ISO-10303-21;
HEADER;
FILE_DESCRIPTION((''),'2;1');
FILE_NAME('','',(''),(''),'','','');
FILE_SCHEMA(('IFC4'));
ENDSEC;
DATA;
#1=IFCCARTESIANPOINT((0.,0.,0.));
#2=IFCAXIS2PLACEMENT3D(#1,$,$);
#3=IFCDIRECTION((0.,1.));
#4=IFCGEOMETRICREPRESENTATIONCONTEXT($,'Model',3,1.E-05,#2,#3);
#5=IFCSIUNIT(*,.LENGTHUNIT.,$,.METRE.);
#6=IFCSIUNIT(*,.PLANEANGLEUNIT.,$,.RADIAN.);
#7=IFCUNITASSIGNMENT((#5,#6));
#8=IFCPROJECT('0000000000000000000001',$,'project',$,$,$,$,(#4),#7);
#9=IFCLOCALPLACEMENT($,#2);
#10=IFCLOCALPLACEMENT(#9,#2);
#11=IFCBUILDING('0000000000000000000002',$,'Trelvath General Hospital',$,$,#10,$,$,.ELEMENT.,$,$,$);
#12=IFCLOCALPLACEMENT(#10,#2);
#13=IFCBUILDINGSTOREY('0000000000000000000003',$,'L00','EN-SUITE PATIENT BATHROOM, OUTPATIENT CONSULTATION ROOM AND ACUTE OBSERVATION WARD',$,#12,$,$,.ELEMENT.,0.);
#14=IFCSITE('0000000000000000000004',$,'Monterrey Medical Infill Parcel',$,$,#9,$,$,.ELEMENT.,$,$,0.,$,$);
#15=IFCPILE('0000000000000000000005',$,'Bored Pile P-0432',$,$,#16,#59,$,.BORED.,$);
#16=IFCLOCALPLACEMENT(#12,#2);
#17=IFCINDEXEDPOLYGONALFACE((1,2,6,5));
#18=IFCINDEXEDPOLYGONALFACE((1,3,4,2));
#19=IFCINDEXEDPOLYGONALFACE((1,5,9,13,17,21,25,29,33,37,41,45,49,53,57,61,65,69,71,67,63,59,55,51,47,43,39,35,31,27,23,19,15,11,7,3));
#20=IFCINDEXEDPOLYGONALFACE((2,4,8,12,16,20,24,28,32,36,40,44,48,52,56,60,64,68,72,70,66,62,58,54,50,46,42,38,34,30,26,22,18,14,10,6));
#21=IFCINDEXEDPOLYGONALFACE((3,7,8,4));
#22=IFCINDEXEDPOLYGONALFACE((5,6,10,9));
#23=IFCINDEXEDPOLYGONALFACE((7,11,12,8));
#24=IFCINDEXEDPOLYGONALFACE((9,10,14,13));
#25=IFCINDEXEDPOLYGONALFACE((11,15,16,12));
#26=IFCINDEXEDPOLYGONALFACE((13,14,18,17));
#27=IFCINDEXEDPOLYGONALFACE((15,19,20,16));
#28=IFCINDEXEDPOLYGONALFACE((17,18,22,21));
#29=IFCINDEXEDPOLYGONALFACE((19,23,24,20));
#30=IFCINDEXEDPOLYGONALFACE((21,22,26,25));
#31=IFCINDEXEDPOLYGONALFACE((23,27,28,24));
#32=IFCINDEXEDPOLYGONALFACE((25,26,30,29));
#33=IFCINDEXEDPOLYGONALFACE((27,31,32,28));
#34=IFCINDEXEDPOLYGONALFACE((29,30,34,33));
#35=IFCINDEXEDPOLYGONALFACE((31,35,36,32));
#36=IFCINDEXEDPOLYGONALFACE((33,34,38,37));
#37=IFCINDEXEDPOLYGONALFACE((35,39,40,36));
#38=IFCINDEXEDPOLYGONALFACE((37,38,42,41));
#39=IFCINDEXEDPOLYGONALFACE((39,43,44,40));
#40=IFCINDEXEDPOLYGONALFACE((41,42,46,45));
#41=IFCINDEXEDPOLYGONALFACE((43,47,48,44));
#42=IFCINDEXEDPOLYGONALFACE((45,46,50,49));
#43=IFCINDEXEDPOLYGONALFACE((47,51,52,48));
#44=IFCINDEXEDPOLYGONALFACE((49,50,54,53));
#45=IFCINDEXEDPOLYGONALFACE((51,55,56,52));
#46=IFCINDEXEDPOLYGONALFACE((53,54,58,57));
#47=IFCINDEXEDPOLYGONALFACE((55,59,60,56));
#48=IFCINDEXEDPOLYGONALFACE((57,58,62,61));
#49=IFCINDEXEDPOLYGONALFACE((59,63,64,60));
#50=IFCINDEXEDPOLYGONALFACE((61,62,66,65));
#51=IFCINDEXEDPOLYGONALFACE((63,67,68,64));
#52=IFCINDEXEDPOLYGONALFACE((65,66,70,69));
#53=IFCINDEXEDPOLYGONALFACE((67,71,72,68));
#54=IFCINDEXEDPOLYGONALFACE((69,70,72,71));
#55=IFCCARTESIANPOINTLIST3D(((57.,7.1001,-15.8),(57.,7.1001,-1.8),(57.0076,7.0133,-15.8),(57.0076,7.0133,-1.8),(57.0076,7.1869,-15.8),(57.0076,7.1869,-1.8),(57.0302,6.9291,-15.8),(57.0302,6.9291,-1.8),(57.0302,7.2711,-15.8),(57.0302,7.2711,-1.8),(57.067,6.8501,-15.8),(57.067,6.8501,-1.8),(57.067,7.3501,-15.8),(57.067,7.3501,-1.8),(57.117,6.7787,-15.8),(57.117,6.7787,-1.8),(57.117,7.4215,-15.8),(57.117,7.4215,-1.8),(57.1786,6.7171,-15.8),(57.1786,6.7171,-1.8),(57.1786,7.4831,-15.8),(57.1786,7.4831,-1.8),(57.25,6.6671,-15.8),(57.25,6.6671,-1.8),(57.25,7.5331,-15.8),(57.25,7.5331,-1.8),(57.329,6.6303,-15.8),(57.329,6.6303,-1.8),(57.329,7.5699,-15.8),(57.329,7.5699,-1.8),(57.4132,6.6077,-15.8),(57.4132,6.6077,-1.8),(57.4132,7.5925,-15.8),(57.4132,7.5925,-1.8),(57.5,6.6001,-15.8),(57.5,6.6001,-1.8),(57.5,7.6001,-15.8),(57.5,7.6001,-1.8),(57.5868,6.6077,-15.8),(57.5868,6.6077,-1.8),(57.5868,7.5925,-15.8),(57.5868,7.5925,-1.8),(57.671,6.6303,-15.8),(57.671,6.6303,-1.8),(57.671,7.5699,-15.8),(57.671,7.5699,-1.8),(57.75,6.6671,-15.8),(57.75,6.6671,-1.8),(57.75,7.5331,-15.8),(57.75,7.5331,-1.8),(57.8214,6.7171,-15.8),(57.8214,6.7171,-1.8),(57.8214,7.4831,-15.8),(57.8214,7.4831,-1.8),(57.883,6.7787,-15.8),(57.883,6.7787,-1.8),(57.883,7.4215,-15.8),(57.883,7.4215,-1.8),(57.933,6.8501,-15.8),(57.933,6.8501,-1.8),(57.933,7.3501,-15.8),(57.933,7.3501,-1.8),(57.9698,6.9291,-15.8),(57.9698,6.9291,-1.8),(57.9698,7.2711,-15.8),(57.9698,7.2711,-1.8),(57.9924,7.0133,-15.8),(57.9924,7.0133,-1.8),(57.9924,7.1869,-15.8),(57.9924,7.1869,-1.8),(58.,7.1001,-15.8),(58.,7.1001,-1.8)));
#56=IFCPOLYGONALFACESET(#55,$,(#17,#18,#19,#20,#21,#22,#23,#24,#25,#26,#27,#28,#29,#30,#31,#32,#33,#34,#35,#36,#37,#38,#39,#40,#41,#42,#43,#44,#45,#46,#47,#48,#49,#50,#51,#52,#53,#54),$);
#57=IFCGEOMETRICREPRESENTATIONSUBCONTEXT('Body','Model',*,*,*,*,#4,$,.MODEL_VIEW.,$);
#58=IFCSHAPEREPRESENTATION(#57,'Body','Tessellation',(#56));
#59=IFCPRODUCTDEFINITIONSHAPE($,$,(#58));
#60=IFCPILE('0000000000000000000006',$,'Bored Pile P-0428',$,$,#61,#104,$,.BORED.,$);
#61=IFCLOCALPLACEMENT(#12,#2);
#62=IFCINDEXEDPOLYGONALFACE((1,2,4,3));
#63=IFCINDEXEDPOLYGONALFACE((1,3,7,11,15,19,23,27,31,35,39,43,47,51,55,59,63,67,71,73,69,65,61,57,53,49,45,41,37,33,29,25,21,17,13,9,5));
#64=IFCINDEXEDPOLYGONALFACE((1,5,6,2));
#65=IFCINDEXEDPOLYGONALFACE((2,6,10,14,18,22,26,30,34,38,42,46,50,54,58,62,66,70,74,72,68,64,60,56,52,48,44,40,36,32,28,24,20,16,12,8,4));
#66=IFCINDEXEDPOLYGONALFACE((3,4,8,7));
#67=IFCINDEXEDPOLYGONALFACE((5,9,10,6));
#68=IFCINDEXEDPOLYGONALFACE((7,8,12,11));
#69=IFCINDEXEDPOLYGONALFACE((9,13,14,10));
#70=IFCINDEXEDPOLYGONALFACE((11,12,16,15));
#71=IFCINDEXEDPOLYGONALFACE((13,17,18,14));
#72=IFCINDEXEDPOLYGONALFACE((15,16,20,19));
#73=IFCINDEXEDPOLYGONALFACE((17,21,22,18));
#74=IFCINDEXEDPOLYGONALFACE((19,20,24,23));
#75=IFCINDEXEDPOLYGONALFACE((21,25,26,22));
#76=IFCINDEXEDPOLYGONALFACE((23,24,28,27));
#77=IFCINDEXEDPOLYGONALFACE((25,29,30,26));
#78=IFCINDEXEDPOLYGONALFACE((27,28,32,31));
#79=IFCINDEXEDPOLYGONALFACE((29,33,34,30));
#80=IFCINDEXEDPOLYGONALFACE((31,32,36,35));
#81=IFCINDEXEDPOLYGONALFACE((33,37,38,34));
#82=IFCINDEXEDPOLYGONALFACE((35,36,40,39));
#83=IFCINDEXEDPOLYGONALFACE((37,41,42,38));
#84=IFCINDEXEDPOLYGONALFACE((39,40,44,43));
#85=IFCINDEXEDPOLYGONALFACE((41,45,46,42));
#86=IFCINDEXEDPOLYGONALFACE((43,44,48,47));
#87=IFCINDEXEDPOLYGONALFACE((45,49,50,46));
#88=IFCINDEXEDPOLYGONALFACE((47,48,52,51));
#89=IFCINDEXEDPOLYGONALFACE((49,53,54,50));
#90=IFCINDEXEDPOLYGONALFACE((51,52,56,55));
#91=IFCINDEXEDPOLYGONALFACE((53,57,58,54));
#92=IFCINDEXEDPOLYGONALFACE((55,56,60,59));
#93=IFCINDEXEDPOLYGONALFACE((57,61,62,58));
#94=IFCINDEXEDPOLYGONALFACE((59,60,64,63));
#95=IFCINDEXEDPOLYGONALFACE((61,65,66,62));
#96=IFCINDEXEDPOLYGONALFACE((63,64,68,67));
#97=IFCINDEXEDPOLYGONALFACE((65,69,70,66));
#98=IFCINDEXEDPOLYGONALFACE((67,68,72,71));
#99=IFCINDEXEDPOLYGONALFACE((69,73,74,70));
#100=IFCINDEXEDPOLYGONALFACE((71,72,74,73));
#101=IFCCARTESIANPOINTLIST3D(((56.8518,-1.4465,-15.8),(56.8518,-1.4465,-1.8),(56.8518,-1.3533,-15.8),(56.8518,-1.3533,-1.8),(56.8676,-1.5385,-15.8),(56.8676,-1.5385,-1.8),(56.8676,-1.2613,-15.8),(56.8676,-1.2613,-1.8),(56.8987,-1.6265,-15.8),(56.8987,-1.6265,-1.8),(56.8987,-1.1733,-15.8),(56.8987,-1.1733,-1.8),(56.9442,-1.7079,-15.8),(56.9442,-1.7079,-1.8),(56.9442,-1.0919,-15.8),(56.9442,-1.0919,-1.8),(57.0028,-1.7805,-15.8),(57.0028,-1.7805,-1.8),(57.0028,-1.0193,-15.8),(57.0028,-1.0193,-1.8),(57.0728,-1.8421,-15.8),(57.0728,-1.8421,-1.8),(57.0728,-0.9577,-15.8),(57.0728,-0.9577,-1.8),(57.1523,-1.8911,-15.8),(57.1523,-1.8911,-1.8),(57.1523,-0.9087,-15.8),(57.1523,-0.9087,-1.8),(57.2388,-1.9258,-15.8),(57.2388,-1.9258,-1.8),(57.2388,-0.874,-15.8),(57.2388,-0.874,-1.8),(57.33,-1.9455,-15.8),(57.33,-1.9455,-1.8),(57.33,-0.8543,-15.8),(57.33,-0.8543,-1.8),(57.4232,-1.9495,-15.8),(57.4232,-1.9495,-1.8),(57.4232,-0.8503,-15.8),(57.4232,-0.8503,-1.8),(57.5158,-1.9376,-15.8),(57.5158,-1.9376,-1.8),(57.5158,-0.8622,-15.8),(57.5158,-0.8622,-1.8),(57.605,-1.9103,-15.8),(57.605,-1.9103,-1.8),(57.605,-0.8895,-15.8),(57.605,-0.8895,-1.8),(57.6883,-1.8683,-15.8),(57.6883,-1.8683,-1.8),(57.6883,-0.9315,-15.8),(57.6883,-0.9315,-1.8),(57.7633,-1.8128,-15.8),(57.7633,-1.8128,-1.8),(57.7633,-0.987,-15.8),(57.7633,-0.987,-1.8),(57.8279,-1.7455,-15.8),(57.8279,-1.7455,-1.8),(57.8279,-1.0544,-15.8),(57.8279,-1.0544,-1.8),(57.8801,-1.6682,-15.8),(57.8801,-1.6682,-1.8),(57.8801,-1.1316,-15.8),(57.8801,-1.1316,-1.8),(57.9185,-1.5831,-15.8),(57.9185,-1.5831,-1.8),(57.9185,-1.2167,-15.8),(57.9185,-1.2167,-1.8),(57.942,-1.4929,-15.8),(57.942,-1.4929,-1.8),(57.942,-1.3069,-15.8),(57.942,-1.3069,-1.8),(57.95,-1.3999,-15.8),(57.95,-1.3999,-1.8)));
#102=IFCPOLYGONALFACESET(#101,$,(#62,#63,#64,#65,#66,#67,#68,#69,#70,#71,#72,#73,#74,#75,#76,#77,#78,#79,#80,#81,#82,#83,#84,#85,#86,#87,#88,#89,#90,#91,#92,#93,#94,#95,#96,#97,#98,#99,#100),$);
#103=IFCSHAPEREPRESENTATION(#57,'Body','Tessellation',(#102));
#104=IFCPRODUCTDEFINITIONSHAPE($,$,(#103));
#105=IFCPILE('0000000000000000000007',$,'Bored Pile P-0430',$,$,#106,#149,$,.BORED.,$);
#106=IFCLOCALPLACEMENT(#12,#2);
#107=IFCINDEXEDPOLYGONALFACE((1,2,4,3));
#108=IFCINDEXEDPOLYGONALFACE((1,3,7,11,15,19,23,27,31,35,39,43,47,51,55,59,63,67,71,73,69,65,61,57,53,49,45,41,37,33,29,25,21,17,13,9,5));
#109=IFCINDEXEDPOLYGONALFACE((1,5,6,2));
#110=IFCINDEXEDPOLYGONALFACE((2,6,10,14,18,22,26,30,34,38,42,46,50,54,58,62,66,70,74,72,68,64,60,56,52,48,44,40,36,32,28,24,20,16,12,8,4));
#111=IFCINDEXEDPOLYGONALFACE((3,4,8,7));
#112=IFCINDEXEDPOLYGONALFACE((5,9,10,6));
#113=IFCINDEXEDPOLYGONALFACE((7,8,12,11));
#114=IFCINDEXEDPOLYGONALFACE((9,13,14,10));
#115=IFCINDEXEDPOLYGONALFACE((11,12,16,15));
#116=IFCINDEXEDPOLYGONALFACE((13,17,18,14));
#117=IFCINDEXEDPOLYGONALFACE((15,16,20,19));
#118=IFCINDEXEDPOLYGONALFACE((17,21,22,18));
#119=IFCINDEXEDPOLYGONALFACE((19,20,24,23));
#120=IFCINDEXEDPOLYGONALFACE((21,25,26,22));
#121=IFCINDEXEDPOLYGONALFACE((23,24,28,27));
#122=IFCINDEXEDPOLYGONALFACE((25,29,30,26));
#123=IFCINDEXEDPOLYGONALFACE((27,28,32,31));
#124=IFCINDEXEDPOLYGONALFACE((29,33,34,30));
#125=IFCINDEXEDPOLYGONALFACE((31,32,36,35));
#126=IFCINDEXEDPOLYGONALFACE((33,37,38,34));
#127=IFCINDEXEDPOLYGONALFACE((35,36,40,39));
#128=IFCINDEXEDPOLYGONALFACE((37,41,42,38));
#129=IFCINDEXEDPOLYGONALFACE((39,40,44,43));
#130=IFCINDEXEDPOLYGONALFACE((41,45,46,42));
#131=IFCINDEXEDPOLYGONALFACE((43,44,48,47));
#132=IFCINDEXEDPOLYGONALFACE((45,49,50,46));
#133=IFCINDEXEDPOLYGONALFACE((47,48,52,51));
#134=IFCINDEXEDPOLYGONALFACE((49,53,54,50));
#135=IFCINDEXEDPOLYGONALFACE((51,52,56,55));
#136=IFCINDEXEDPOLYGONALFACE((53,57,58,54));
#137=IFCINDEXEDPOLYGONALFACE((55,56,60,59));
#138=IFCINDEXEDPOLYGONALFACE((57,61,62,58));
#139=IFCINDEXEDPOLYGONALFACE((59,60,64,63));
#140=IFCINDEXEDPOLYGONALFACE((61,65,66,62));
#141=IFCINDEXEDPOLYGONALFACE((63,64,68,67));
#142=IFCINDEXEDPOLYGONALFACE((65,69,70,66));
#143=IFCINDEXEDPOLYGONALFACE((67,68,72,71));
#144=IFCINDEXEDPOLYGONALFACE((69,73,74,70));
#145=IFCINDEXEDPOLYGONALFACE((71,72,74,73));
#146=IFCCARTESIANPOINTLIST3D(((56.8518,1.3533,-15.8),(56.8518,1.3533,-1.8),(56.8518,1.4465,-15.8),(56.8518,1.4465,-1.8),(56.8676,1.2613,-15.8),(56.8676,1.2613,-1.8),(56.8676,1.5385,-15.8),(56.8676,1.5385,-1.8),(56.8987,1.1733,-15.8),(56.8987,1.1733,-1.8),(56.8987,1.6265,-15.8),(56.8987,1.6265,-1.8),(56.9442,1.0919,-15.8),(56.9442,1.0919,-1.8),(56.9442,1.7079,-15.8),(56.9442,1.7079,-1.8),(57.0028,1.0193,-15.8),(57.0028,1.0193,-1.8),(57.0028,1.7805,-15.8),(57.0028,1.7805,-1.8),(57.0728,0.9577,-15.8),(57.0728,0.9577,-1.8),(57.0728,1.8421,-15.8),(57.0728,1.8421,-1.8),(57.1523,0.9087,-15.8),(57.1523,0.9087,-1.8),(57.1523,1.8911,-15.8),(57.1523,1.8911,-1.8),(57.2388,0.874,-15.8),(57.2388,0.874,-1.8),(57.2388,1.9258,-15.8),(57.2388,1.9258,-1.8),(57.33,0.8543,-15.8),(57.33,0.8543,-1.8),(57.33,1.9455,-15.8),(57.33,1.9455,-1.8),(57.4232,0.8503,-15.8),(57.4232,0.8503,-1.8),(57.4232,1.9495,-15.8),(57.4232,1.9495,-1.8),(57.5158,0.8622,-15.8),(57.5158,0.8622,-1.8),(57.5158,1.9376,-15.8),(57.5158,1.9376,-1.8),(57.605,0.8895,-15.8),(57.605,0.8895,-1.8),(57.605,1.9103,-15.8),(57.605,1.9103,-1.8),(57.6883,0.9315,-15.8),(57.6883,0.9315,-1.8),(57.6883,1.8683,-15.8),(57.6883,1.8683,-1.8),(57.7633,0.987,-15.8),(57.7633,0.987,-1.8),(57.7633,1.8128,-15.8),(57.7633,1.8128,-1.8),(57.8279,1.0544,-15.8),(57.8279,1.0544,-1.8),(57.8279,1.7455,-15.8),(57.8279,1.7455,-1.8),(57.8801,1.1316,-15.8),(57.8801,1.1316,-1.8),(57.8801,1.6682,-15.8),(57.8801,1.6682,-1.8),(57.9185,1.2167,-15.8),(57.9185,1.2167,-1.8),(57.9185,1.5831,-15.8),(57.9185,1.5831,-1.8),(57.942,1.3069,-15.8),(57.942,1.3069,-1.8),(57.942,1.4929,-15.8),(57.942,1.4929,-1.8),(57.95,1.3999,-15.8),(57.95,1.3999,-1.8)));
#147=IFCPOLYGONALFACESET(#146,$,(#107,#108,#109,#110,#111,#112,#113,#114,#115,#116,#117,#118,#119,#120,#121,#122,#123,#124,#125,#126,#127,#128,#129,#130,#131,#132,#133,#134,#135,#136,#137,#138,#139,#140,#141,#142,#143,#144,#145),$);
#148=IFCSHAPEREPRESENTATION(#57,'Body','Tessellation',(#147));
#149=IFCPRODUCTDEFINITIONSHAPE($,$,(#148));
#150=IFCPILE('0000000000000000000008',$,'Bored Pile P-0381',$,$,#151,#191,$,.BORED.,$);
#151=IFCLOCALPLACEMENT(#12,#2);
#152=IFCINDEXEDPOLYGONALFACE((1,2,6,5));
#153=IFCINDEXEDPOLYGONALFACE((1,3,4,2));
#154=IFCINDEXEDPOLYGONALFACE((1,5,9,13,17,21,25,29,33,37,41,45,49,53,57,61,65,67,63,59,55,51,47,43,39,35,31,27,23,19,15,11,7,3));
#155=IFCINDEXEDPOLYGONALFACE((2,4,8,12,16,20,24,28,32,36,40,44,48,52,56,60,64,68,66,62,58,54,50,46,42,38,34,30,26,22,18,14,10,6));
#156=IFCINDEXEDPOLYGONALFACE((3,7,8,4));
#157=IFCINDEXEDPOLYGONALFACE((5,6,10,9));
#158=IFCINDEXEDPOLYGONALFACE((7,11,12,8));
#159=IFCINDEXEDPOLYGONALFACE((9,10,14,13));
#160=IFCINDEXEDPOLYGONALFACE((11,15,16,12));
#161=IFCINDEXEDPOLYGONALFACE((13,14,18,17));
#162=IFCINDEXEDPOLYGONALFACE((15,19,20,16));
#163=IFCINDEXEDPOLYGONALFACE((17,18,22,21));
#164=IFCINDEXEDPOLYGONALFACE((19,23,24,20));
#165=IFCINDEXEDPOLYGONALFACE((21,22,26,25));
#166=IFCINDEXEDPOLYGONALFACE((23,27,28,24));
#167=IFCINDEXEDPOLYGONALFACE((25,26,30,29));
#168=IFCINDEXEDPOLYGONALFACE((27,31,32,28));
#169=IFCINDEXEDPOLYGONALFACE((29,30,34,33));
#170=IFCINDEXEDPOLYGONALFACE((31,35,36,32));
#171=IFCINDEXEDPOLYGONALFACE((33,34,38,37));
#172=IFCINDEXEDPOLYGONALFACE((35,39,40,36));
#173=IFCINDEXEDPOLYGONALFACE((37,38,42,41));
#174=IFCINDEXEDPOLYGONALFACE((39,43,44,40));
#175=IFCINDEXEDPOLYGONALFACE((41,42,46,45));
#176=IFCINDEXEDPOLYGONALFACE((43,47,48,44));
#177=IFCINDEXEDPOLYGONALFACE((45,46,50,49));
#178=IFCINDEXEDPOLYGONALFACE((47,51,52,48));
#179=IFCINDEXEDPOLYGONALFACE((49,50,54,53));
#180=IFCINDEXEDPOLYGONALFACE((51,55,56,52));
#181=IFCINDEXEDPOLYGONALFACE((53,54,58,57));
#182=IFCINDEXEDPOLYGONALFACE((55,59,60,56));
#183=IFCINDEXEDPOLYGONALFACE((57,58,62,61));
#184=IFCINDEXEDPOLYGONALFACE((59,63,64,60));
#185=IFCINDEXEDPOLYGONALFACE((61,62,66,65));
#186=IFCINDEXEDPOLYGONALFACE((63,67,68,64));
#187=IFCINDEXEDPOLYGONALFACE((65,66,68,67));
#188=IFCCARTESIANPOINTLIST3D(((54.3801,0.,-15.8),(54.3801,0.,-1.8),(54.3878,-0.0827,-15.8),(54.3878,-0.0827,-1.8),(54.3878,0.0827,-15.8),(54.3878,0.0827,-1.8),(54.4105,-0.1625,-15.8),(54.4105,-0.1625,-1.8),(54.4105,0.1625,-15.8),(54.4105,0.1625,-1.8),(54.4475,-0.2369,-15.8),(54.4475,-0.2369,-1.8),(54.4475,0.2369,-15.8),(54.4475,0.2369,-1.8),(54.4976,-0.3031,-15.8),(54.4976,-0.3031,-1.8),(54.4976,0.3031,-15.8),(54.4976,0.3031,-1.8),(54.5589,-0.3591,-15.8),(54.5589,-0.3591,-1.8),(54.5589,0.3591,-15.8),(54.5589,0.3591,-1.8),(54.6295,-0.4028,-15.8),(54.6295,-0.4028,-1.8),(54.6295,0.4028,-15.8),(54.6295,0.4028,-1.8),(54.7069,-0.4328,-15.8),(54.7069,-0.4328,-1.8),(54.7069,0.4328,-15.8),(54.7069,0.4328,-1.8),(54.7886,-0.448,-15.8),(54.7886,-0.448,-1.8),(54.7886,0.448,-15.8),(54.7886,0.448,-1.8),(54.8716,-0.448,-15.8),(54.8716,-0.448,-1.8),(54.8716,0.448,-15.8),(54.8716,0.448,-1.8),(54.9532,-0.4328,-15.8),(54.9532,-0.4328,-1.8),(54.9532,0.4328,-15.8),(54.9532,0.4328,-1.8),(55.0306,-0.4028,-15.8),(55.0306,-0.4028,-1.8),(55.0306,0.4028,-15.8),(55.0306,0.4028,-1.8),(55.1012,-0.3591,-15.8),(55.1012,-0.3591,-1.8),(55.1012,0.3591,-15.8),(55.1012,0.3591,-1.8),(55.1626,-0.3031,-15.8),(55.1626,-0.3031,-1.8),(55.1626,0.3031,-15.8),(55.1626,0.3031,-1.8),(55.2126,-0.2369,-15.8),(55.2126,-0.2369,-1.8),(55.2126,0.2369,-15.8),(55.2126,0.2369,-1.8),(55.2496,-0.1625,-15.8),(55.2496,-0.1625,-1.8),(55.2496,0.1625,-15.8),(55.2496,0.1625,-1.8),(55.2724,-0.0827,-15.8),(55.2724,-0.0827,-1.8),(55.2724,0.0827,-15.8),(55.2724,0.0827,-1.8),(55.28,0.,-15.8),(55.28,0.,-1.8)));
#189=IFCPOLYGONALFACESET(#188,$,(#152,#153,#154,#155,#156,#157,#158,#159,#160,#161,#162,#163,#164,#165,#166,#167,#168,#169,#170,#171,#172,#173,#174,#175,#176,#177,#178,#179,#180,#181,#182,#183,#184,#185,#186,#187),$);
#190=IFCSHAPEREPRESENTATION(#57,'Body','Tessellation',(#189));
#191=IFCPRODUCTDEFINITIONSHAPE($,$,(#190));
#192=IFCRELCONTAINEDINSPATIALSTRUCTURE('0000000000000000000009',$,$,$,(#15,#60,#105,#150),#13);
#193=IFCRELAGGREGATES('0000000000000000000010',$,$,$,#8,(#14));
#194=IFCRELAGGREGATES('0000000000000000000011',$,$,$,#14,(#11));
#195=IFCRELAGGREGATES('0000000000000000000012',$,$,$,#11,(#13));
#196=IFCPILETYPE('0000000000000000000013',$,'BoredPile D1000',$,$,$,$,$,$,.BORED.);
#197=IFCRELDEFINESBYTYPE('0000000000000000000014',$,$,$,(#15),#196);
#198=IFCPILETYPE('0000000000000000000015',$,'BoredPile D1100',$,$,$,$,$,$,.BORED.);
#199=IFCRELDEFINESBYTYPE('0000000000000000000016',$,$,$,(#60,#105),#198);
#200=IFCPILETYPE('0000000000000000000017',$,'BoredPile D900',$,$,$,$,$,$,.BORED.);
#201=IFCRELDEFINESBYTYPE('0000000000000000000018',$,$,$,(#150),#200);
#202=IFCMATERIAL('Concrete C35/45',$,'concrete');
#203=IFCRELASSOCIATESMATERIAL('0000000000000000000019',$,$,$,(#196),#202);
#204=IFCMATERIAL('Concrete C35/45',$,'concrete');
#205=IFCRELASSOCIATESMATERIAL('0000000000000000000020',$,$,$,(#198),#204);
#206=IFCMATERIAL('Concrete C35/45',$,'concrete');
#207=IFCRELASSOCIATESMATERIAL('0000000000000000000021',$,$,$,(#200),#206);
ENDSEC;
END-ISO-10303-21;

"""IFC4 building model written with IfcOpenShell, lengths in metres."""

from ifc_helpers import new_model, si_unit, direction, frame, origin, origin_2d, place, context, subcontext, project, spatial, circle, extrude, material, material_profile, profile_set, type_object, element, save


model = new_model("IFC4")

# Units and contexts
model_context = context("Model", 3, precision=1e-05, world=origin(), true_north=direction((0.0, 1.0)))
body_context = subcontext(model_context, "Body", "Model", "MODEL_VIEW")
ifc_project = project(units=[si_unit("LENGTHUNIT", "METRE"), si_unit("PLANEANGLEUNIT", "RADIAN")], contexts=[model_context])

# Site, building, storey
site_placement = place(None, origin())
site = spatial("IfcSite", under=ifc_project, at=site_placement, Name="Monterrey Medical Infill Parcel", CompositionType="ELEMENT", RefElevation=0.0)
building_placement = place(site_placement, origin())
building = spatial("IfcBuilding", under=site, at=building_placement, Name="Trelvath General Hospital", CompositionType="ELEMENT")
storey_placement = place(building_placement, origin())
storey = spatial("IfcBuildingStorey", under=building, at=storey_placement, Name="L00", Description="EN-SUITE PATIENT BATHROOM, OUTPATIENT CONSULTATION ROOM AND ACUTE OBSERVATION WARD", CompositionType="ELEMENT", Elevation=0.0)

# Piles
ifc_material_1 = material(Name="Concrete C35/45", Category="concrete")
ifc_material_profile_1 = material_profile(ifc_material_1, circle(Radius=0.5, at=origin_2d()), Name="PILE1000")
ifc_profile_set_1 = profile_set([ifc_material_profile_1], Name="Concrete C35/45")
pile_type_1 = type_object("IfcPileType", Name="BoredPile D1000", PredefinedType="BORED", material=ifc_profile_set_1)
pile_1_placement = place(storey_placement, frame((57.5, 7.1001, -1.8), z_axis=(0.0, 0.0, -1.0), x_axis=(1.0, 0.0, 0.0)))
element("IfcPile", 1, at=pile_1_placement, inside=storey, type_object=pile_type_1, Name="Bored Pile P-0432", PredefinedType="BORED", context=body_context, shape_type="SweptSolid", body=[
    extrude(circle(Radius=0.5, at=origin_2d()), origin(), (0.0, 0.0, 1.0), 14.0),
])
ifc_material_2 = material(Name="Concrete C35/45", Category="concrete")
ifc_material_profile_2 = material_profile(ifc_material_2, circle(Radius=0.55, at=origin_2d()), Name="PILE1100")
ifc_profile_set_2 = profile_set([ifc_material_profile_2], Name="Concrete C35/45")
pile_type_2 = type_object("IfcPileType", Name="BoredPile D1100", PredefinedType="BORED", material=ifc_profile_set_2)
for number, where, z_axis, x_axis, name in (
    (2, (57.3999, -1.3999, -1.8), (0.0, 0.0, -1.0), (1.0, 0.0, 0.0), "Bored Pile P-0428"),
    (3, (57.3999, 1.3999, -1.8), (0.0, 0.0, -1.0), (1.0, 0.0, 0.0), "Bored Pile P-0430"),
):
    element("IfcPile", number, at=place(storey_placement, frame(where, z_axis=z_axis, x_axis=x_axis)), inside=storey, type_object=pile_type_2, Name=name, PredefinedType="BORED", context=body_context, shape_type="SweptSolid", body=[
        extrude(circle(Radius=0.55, at=origin_2d()), origin(), (0.0, 0.0, 1.0), 14.0),
    ])
ifc_material_3 = material(Name="Concrete C35/45", Category="concrete")
ifc_material_profile_3 = material_profile(ifc_material_3, circle(Radius=0.45, at=origin_2d()), Name="PILE900")
ifc_profile_set_3 = profile_set([ifc_material_profile_3], Name="Concrete C35/45")
pile_type_3 = type_object("IfcPileType", Name="BoredPile D900", PredefinedType="BORED", material=ifc_profile_set_3)
pile_2_placement = place(storey_placement, frame((54.8301, 0.0, -1.8), z_axis=(0.0, 0.0, -1.0), x_axis=(1.0, 0.0, 0.0)))
element("IfcPile", 4, at=pile_2_placement, inside=storey, type_object=pile_type_3, Name="Bored Pile P-0381", PredefinedType="BORED", context=body_context, shape_type="SweptSolid", body=[
    extrude(circle(Radius=0.45, at=origin_2d()), origin(), (0.0, 0.0, 1.0), 14.0),
])

save(model, "model.ifc")
